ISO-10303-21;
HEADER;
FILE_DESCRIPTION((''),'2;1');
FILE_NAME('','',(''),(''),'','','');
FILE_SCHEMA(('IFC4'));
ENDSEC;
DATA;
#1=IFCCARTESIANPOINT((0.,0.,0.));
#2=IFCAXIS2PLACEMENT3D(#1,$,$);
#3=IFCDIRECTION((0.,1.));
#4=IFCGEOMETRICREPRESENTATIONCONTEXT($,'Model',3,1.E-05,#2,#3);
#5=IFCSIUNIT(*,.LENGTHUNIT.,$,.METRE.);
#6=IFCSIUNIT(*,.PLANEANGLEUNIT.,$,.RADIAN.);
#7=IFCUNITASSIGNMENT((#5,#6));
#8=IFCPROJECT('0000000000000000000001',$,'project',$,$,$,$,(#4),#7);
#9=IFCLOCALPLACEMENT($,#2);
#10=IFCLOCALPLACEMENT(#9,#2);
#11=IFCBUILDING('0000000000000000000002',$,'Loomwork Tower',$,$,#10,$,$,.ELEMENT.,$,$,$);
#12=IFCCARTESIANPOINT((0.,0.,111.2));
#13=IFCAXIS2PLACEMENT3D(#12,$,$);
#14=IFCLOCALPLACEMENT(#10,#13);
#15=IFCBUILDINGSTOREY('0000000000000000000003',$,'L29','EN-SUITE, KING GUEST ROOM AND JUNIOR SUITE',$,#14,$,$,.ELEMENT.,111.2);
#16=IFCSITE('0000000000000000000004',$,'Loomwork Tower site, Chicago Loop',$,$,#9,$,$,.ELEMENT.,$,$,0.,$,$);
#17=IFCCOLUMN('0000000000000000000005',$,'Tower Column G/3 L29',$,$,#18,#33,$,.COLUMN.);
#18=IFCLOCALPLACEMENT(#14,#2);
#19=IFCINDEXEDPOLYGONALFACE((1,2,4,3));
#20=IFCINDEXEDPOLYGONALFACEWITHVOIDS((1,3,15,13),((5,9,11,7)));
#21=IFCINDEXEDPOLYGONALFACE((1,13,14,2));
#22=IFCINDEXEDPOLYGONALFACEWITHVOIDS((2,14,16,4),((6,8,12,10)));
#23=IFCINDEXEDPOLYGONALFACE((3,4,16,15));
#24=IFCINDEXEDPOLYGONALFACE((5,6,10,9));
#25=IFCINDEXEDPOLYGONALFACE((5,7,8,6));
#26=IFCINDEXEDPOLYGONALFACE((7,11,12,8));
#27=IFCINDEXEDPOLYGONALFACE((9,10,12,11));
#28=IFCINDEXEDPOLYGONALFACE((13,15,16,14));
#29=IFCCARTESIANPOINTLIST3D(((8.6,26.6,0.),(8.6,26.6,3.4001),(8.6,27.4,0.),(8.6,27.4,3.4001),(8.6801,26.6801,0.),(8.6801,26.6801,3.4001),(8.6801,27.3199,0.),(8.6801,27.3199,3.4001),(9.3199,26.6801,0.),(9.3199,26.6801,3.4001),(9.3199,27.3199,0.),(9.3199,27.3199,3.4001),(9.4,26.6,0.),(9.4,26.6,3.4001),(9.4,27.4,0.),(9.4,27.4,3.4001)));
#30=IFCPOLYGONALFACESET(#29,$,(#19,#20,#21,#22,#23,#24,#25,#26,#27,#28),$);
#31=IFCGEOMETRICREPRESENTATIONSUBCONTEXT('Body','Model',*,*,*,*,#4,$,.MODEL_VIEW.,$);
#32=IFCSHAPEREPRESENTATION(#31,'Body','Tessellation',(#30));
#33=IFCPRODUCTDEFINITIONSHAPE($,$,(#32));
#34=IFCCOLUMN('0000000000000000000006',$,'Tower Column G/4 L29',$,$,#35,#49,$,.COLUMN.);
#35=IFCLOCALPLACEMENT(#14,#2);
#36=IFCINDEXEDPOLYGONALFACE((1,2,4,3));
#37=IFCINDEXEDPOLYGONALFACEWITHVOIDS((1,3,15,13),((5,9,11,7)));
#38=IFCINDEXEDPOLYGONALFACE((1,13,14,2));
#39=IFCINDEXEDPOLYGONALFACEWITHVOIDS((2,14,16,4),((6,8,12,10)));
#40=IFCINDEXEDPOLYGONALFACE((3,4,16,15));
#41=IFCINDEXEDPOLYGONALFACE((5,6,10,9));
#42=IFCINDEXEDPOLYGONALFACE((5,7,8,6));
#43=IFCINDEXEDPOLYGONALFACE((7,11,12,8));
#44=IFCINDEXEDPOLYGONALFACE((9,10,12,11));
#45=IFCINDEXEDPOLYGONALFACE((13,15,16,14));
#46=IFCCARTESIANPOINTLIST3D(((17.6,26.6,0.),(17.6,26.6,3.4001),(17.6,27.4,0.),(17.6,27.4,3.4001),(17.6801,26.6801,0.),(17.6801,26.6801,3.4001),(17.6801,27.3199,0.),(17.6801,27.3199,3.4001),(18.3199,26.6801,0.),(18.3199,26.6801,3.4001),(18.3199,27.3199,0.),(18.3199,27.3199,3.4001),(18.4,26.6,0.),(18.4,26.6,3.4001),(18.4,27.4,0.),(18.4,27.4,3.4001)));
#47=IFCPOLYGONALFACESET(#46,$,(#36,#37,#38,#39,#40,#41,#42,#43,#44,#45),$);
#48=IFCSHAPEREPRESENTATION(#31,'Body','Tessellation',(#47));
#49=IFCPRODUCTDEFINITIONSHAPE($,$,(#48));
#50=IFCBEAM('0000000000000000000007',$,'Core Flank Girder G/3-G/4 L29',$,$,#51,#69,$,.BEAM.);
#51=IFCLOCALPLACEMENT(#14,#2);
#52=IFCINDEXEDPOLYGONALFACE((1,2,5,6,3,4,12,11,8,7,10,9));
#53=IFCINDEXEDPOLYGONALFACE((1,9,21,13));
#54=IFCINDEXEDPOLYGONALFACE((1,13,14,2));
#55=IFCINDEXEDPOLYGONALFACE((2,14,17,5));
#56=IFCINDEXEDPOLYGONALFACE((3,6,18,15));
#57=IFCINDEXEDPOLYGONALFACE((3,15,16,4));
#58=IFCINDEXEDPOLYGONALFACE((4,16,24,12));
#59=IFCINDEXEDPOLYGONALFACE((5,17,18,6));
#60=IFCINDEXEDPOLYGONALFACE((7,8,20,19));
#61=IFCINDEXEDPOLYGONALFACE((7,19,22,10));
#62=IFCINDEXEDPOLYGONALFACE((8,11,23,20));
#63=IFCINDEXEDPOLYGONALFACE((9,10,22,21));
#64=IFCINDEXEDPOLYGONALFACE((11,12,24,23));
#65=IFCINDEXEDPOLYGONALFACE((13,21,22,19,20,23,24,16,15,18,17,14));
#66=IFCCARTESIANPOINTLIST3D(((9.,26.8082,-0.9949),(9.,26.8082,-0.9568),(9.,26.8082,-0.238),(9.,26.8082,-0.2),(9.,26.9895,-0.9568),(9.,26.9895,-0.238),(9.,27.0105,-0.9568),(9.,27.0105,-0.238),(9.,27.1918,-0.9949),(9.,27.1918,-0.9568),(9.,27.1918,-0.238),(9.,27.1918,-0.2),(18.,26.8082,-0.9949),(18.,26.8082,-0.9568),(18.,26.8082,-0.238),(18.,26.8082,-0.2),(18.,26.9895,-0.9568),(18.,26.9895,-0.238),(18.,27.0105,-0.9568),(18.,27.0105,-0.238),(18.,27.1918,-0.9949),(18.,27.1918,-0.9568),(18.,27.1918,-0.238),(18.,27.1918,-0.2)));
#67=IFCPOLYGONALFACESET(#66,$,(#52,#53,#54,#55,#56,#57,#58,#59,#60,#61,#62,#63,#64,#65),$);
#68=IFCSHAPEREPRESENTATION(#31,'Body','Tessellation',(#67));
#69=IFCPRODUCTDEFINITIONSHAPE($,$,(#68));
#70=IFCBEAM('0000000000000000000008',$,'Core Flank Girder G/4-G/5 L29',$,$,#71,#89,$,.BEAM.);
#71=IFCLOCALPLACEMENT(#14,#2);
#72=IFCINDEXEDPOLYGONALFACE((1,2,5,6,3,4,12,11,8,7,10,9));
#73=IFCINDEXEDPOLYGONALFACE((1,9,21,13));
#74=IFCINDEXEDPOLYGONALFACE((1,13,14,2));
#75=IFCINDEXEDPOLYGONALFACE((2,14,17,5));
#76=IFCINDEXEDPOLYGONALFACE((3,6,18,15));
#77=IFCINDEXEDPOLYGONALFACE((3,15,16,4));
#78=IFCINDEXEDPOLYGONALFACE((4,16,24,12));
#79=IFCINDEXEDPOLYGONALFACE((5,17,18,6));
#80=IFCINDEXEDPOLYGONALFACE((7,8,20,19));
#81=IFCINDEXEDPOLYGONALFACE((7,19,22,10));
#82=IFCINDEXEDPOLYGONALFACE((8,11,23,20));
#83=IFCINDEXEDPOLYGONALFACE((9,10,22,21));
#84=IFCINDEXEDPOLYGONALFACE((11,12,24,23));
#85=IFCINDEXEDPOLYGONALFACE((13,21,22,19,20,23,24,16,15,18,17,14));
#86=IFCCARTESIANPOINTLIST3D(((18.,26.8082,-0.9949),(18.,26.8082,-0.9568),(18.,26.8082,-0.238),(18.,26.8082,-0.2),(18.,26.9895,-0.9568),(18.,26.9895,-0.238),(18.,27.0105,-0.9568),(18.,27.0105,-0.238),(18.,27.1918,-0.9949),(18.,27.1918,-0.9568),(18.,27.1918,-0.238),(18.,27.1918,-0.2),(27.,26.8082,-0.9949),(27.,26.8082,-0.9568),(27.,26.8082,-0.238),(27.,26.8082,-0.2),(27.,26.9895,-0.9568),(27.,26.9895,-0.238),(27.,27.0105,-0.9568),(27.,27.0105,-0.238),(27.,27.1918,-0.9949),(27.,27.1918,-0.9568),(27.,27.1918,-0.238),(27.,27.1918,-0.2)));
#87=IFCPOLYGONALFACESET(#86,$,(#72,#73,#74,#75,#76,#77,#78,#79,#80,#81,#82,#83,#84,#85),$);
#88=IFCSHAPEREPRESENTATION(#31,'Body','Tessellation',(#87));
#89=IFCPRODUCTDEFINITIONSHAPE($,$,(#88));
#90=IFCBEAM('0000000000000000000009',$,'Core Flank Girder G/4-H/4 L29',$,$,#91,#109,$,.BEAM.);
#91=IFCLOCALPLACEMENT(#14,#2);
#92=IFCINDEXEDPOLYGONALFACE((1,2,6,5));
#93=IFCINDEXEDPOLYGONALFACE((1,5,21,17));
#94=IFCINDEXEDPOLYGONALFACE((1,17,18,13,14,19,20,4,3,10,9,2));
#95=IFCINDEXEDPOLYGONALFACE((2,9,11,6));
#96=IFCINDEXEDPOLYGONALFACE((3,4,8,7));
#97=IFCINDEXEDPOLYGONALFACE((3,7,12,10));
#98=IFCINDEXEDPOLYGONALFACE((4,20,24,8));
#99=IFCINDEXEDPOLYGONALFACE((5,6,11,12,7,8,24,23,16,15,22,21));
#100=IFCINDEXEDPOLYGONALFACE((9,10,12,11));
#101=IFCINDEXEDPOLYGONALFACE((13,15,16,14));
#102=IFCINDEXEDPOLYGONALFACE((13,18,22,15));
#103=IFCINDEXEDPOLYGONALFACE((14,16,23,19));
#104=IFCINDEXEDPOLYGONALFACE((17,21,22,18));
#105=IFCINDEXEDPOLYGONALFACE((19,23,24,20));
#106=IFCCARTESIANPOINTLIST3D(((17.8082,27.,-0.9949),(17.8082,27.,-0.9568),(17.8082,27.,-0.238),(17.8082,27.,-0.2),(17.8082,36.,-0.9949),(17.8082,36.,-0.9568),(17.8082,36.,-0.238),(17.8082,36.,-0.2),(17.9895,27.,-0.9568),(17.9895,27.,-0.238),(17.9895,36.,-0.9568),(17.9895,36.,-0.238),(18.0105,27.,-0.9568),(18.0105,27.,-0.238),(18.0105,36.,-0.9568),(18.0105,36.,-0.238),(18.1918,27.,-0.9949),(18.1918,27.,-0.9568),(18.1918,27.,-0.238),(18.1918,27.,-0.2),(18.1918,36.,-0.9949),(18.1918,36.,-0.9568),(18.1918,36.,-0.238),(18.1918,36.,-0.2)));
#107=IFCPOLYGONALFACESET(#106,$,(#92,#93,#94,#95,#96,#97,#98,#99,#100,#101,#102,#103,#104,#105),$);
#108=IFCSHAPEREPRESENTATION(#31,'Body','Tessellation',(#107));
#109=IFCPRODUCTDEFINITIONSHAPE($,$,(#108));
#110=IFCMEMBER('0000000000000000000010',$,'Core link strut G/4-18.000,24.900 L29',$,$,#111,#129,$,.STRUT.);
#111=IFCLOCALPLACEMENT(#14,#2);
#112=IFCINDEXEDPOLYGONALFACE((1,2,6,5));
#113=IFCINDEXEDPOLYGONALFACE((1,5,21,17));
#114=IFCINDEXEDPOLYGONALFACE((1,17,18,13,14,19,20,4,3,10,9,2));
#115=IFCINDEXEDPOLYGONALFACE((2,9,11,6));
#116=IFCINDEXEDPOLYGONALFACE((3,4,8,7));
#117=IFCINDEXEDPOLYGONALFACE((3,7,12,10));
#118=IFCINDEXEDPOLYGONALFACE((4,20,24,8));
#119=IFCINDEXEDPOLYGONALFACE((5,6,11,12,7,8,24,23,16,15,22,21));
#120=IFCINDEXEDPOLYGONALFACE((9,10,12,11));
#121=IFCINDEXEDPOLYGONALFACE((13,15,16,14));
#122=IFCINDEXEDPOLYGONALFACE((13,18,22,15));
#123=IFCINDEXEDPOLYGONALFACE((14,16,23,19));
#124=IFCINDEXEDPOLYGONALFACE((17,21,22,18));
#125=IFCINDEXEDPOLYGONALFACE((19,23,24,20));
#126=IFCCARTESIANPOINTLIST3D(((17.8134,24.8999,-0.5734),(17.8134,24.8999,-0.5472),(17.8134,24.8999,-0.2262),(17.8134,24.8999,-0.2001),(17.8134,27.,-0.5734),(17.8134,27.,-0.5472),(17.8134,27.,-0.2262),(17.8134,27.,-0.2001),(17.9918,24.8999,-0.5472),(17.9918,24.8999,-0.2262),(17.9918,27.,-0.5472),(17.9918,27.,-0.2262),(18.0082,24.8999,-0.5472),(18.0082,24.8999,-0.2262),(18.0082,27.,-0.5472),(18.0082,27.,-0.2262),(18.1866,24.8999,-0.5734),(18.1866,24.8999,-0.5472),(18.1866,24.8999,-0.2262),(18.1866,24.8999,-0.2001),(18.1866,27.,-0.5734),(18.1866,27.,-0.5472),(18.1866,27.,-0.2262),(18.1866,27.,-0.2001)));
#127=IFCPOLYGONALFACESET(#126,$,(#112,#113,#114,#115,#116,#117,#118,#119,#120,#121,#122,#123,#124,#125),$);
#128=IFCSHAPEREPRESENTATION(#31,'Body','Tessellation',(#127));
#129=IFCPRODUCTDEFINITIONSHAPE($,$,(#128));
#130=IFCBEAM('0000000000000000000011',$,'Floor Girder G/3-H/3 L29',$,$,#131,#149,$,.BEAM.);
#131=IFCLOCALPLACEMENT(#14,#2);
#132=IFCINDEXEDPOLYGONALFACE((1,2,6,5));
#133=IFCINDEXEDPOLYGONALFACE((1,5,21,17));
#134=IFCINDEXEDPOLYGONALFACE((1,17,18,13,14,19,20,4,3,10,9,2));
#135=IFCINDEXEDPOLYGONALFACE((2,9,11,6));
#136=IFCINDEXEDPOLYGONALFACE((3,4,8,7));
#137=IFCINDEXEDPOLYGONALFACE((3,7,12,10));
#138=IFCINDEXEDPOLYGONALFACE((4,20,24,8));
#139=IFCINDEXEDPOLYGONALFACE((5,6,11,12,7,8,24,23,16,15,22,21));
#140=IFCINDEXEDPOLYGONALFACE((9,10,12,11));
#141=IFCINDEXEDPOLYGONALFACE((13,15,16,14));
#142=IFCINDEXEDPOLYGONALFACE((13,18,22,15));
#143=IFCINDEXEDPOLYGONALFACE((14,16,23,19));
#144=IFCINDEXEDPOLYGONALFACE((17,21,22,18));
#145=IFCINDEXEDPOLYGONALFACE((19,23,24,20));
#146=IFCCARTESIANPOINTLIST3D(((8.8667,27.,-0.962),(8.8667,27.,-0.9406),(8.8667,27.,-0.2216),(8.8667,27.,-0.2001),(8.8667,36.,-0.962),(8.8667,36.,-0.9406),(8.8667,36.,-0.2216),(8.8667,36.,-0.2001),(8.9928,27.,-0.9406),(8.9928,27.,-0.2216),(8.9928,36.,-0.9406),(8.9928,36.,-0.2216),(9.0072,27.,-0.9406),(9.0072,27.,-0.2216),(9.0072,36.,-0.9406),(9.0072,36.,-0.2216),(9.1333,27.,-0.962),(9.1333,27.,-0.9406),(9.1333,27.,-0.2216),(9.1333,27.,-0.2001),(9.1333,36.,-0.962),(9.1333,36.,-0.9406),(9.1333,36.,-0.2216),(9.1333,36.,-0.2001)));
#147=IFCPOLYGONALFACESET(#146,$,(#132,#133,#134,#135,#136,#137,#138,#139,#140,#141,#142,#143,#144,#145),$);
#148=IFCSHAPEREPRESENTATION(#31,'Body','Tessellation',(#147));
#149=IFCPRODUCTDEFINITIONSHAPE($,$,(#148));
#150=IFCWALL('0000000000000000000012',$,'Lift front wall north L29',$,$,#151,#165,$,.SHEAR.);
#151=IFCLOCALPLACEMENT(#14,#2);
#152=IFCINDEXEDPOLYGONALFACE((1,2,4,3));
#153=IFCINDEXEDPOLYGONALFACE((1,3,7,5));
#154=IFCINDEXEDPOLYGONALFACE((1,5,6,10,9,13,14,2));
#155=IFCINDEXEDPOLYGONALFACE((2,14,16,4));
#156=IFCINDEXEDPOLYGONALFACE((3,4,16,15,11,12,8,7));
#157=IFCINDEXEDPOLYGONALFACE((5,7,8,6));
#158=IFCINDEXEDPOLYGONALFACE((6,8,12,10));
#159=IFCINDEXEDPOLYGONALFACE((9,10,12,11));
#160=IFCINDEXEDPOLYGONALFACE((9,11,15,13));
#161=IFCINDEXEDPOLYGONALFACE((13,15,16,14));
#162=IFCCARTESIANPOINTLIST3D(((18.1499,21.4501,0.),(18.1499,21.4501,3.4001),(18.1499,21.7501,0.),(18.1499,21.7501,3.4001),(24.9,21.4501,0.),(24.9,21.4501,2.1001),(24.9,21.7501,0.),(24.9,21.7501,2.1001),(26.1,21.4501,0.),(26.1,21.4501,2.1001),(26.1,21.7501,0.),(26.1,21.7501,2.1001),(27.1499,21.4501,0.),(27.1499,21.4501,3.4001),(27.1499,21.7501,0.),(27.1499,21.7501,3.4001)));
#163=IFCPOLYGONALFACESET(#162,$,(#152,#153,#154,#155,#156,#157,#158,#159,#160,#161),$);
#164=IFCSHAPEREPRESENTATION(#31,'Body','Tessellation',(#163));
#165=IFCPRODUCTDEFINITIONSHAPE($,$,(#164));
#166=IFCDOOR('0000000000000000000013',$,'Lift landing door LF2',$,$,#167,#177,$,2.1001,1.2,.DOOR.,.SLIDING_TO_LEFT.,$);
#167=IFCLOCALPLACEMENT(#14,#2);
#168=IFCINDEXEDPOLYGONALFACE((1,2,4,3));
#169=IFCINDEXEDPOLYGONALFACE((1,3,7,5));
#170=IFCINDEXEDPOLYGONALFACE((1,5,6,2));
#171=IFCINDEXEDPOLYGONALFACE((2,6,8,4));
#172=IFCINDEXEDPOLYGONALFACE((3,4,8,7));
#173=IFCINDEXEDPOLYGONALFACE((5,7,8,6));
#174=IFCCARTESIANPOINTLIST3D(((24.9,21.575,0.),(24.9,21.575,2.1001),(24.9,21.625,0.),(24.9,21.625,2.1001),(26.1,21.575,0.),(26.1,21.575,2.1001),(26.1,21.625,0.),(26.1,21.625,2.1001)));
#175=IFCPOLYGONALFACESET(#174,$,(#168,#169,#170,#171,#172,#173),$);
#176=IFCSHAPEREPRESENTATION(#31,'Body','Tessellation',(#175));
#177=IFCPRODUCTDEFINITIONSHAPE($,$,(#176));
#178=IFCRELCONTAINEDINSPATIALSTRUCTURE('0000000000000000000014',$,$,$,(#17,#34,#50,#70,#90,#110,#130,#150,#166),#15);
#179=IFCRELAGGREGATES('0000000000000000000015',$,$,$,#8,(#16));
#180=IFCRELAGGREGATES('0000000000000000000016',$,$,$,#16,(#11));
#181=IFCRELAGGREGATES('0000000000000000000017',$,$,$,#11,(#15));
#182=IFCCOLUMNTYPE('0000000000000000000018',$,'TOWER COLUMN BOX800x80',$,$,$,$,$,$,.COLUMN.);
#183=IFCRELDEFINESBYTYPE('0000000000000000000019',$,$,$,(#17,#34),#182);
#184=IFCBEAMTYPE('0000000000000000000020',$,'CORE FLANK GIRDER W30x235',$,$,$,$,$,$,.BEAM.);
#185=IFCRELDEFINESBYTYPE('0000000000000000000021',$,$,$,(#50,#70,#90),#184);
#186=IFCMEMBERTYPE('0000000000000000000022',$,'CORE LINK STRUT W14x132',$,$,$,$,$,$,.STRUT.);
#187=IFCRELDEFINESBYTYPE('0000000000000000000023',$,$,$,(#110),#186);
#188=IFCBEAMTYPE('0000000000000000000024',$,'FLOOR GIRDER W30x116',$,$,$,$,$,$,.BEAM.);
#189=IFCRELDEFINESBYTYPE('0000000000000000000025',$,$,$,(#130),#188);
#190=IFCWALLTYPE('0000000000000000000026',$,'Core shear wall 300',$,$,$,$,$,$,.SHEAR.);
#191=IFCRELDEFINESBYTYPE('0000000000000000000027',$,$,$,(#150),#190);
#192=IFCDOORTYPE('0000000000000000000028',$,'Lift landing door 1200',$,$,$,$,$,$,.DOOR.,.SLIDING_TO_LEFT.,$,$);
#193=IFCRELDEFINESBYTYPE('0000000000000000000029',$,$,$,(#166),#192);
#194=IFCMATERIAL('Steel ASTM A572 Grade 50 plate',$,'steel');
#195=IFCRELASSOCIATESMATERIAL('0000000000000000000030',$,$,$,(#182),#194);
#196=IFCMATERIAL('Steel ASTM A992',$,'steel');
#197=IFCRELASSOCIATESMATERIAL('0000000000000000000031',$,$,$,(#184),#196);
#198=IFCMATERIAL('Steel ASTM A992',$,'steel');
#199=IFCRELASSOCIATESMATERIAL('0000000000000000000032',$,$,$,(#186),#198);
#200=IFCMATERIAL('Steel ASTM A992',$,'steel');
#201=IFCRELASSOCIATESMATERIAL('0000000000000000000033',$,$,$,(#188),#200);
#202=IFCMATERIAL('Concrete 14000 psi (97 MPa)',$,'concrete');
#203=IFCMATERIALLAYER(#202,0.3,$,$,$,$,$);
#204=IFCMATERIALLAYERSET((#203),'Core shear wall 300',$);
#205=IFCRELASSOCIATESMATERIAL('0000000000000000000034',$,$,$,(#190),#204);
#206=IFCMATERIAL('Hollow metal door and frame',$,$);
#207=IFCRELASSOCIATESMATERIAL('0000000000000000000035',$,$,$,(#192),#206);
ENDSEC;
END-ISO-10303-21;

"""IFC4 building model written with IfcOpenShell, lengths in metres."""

from ifc_helpers import new_model, si_unit, direction, frame, frame_2d, origin, origin_2d, place, context, subcontext, project, spatial, rectangle, hollow_rectangle, i_section, extrude, material, layer, layer_set, material_profile, profile_set, type_object, element, fill, save


model = new_model("IFC4")

# Units and contexts
model_context = context("Model", 3, precision=1e-05, world=origin(), true_north=direction((0.0, 1.0)))
body_context = subcontext(model_context, "Body", "Model", "MODEL_VIEW")
ifc_project = project(units=[si_unit("LENGTHUNIT", "METRE"), si_unit("PLANEANGLEUNIT", "RADIAN")], contexts=[model_context])

# Site, building, storey
site_placement = place(None, origin())
site = spatial("IfcSite", under=ifc_project, at=site_placement, Name="Loomwork Tower site, Chicago Loop", CompositionType="ELEMENT", RefElevation=0.0)
building_placement = place(site_placement, origin())
building = spatial("IfcBuilding", under=site, at=building_placement, Name="Loomwork Tower", CompositionType="ELEMENT")
storey_placement = place(building_placement, frame((0.0, 0.0, 111.2)))
storey = spatial("IfcBuildingStorey", under=building, at=storey_placement, Name="L29", Description="EN-SUITE, KING GUEST ROOM AND JUNIOR SUITE", CompositionType="ELEMENT", Elevation=111.2)

# Columns
ifc_material_1 = material(Name="Steel ASTM A572 Grade 50 plate", Category="steel")
ifc_material_profile_1 = material_profile(ifc_material_1, hollow_rectangle(XDim=0.8, YDim=0.8, WallThickness=0.0801, at=origin_2d()), Name="BOX800x80")
ifc_profile_set_1 = profile_set([ifc_material_profile_1], Name="Steel ASTM A572 Grade 50 plate")
column_type = type_object("IfcColumnType", Name="TOWER COLUMN BOX800x80", PredefinedType="COLUMN", material=ifc_profile_set_1)
for number, where, z_axis, x_axis, name in (
    (1, (9.0, 27.0, 0.0), (0.0, 0.0, 1.0), (1.0, 0.0, 0.0), "Tower Column G/3 L29"),
    (2, (18.0, 27.0, 0.0), (0.0, 0.0, 1.0), (1.0, 0.0, 0.0), "Tower Column G/4 L29"),
):
    element("IfcColumn", number, at=place(storey_placement, frame(where, z_axis=z_axis, x_axis=x_axis)), inside=storey, type_object=column_type, Name=name, PredefinedType="COLUMN", context=body_context, shape_type="SweptSolid", body=[
        extrude(hollow_rectangle(XDim=0.8, YDim=0.8, WallThickness=0.0801, at=origin_2d()), origin(), (0.0, 0.0, 1.0), 3.4001),
    ])

# Beams
ifc_material_2 = material(Name="Steel ASTM A992", Category="steel")
ifc_material_profile_2 = material_profile(ifc_material_2, i_section(OverallWidth=0.3835, OverallDepth=0.7949, WebThickness=0.021, FlangeThickness=0.0381, at=origin_2d()), Name="W30x235")
ifc_profile_set_2 = profile_set([ifc_material_profile_2], Name="Steel ASTM A992")
beam_type_1 = type_object("IfcBeamType", Name="CORE FLANK GIRDER W30x235", PredefinedType="BEAM", material=ifc_profile_set_2)
for number, where, z_axis, x_axis, name in (
    (3, (9.0, 27.0, -0.5974), (1.0, 0.0, 0.0), (0.0, 1.0, 0.0), "Core Flank Girder G/3-G/4 L29"),
    (4, (18.0, 27.0, -0.5974), (1.0, 0.0, 0.0), (0.0, 1.0, 0.0), "Core Flank Girder G/4-G/5 L29"),
    (5, (18.0, 27.0, -0.5974), (0.0, 1.0, 0.0), (-1.0, 0.0, 0.0), "Core Flank Girder G/4-H/4 L29"),
):
    element("IfcBeam", number, at=place(storey_placement, frame(where, z_axis=z_axis, x_axis=x_axis)), inside=storey, type_object=beam_type_1, Name=name, PredefinedType="BEAM", context=body_context, shape_type="SweptSolid", body=[
        extrude(i_section(OverallWidth=0.3835, OverallDepth=0.7949, WebThickness=0.021, FlangeThickness=0.0381, at=origin_2d()), origin(), (0.0, 0.0, 1.0), 9.0),
    ])

# Member
ifc_material_3 = material(Name="Steel ASTM A992", Category="steel")
ifc_material_profile_3 = material_profile(ifc_material_3, i_section(OverallWidth=0.3733, OverallDepth=0.3733, WebThickness=0.0164, FlangeThickness=0.0261, at=origin_2d()), Name="W14x132")
ifc_profile_set_3 = profile_set([ifc_material_profile_3], Name="Steel ASTM A992")
member_type = type_object("IfcMemberType", Name="CORE LINK STRUT W14x132", PredefinedType="STRUT", material=ifc_profile_set_3)
member_placement = place(storey_placement, frame((18.0, 27.0, -0.3867), z_axis=(0.0, -1.0, 0.0), x_axis=(1.0, 0.0, 0.0)))
element("IfcMember", 6, at=member_placement, inside=storey, type_object=member_type, Name="Core link strut G/4-18.000,24.900 L29", PredefinedType="STRUT", context=body_context, shape_type="SweptSolid", body=[
    extrude(i_section(OverallWidth=0.3733, OverallDepth=0.3733, WebThickness=0.0164, FlangeThickness=0.0261, at=origin_2d()), origin(), (0.0, 0.0, 1.0), 2.1001),
])

# Beam
ifc_material_4 = material(Name="Steel ASTM A992", Category="steel")
ifc_material_profile_4 = material_profile(ifc_material_4, i_section(OverallWidth=0.2666, OverallDepth=0.762, WebThickness=0.0144, FlangeThickness=0.0215, at=origin_2d()), Name="W30x116")
ifc_profile_set_4 = profile_set([ifc_material_profile_4], Name="Steel ASTM A992")
beam_type_2 = type_object("IfcBeamType", Name="FLOOR GIRDER W30x116", PredefinedType="BEAM", material=ifc_profile_set_4)
beam_placement = place(storey_placement, frame((9.0, 27.0, -0.5811), z_axis=(0.0, 1.0, 0.0), x_axis=(-1.0, 0.0, 0.0)))
element("IfcBeam", 7, at=beam_placement, inside=storey, type_object=beam_type_2, Name="Floor Girder G/3-H/3 L29", PredefinedType="BEAM", context=body_context, shape_type="SweptSolid", body=[
    extrude(i_section(OverallWidth=0.2666, OverallDepth=0.762, WebThickness=0.0144, FlangeThickness=0.0215, at=origin_2d()), origin(), (0.0, 0.0, 1.0), 9.0),
])

# Wall, opening, door
ifc_material_5 = material(Name="Concrete 14000 psi (97 MPa)", Category="concrete")
ifc_layer_1 = layer(ifc_material_5, 0.3)
ifc_layer_set_1 = layer_set([ifc_layer_1], Name="Core shear wall 300")
wall_type_1 = type_object("IfcWallType", Name="Core shear wall 300", PredefinedType="SHEAR", material=ifc_layer_set_1)
wall_1_placement = place(storey_placement, frame((18.1499, 21.6001, 0.0), z_axis=(0.0, 0.0, 1.0), x_axis=(1.0, 0.0, 0.0)))
wall_1 = element("IfcWall", 8, at=wall_1_placement, inside=storey, type_object=wall_type_1, Name="Lift front wall north L29", PredefinedType="SHEAR", context=body_context, shape_type="SweptSolid", body=[
    extrude(rectangle(XDim=9.0, YDim=0.3, at=frame_2d((4.5, 0.0))), origin(), (0.0, 0.0, 1.0), 3.4001),
])
opening_1_placement = place(wall_1_placement, frame((6.75, 0.0, 0.0)))
opening_1 = element("IfcOpeningElement", 9, at=opening_1_placement, cuts=wall_1, PredefinedType="OPENING", context=body_context, shape_type="SweptSolid", body=[
    extrude(rectangle(XDim=1.2, YDim=2.1001, at=frame_2d((0.6001, 1.05))), frame((0.0, 0.1599, 0.0), z_axis=(0.0, -1.0, 0.0), x_axis=(1.0, 0.0, 0.0)), (0.0, 0.0, 1.0), 0.3201),
])
ifc_material_6 = material(Name="Hollow metal door and frame")
door_type_1 = type_object("IfcDoorType", Name="Lift landing door 1200", OperationType="SLIDING_TO_LEFT", PredefinedType="DOOR", material=ifc_material_6)
door_1_placement = place(opening_1_placement, origin())
door_1 = element("IfcDoor", 10, at=door_1_placement, inside=storey, type_object=door_type_1, Name="Lift landing door LF2", OperationType="SLIDING_TO_LEFT", OverallHeight=2.1001, OverallWidth=1.2, PredefinedType="DOOR", context=body_context, shape_type="SweptSolid", body=[
    extrude(rectangle(XDim=1.2, YDim=2.1001, at=frame_2d((0.6001, 1.05))), frame((0.0, 0.0249, 0.0), z_axis=(0.0, -1.0, 0.0), x_axis=(1.0, 0.0, 0.0)), (0.0, 0.0, 1.0), 0.05),
])
fill(opening_1, door_1)

save(model, "model.ifc")
